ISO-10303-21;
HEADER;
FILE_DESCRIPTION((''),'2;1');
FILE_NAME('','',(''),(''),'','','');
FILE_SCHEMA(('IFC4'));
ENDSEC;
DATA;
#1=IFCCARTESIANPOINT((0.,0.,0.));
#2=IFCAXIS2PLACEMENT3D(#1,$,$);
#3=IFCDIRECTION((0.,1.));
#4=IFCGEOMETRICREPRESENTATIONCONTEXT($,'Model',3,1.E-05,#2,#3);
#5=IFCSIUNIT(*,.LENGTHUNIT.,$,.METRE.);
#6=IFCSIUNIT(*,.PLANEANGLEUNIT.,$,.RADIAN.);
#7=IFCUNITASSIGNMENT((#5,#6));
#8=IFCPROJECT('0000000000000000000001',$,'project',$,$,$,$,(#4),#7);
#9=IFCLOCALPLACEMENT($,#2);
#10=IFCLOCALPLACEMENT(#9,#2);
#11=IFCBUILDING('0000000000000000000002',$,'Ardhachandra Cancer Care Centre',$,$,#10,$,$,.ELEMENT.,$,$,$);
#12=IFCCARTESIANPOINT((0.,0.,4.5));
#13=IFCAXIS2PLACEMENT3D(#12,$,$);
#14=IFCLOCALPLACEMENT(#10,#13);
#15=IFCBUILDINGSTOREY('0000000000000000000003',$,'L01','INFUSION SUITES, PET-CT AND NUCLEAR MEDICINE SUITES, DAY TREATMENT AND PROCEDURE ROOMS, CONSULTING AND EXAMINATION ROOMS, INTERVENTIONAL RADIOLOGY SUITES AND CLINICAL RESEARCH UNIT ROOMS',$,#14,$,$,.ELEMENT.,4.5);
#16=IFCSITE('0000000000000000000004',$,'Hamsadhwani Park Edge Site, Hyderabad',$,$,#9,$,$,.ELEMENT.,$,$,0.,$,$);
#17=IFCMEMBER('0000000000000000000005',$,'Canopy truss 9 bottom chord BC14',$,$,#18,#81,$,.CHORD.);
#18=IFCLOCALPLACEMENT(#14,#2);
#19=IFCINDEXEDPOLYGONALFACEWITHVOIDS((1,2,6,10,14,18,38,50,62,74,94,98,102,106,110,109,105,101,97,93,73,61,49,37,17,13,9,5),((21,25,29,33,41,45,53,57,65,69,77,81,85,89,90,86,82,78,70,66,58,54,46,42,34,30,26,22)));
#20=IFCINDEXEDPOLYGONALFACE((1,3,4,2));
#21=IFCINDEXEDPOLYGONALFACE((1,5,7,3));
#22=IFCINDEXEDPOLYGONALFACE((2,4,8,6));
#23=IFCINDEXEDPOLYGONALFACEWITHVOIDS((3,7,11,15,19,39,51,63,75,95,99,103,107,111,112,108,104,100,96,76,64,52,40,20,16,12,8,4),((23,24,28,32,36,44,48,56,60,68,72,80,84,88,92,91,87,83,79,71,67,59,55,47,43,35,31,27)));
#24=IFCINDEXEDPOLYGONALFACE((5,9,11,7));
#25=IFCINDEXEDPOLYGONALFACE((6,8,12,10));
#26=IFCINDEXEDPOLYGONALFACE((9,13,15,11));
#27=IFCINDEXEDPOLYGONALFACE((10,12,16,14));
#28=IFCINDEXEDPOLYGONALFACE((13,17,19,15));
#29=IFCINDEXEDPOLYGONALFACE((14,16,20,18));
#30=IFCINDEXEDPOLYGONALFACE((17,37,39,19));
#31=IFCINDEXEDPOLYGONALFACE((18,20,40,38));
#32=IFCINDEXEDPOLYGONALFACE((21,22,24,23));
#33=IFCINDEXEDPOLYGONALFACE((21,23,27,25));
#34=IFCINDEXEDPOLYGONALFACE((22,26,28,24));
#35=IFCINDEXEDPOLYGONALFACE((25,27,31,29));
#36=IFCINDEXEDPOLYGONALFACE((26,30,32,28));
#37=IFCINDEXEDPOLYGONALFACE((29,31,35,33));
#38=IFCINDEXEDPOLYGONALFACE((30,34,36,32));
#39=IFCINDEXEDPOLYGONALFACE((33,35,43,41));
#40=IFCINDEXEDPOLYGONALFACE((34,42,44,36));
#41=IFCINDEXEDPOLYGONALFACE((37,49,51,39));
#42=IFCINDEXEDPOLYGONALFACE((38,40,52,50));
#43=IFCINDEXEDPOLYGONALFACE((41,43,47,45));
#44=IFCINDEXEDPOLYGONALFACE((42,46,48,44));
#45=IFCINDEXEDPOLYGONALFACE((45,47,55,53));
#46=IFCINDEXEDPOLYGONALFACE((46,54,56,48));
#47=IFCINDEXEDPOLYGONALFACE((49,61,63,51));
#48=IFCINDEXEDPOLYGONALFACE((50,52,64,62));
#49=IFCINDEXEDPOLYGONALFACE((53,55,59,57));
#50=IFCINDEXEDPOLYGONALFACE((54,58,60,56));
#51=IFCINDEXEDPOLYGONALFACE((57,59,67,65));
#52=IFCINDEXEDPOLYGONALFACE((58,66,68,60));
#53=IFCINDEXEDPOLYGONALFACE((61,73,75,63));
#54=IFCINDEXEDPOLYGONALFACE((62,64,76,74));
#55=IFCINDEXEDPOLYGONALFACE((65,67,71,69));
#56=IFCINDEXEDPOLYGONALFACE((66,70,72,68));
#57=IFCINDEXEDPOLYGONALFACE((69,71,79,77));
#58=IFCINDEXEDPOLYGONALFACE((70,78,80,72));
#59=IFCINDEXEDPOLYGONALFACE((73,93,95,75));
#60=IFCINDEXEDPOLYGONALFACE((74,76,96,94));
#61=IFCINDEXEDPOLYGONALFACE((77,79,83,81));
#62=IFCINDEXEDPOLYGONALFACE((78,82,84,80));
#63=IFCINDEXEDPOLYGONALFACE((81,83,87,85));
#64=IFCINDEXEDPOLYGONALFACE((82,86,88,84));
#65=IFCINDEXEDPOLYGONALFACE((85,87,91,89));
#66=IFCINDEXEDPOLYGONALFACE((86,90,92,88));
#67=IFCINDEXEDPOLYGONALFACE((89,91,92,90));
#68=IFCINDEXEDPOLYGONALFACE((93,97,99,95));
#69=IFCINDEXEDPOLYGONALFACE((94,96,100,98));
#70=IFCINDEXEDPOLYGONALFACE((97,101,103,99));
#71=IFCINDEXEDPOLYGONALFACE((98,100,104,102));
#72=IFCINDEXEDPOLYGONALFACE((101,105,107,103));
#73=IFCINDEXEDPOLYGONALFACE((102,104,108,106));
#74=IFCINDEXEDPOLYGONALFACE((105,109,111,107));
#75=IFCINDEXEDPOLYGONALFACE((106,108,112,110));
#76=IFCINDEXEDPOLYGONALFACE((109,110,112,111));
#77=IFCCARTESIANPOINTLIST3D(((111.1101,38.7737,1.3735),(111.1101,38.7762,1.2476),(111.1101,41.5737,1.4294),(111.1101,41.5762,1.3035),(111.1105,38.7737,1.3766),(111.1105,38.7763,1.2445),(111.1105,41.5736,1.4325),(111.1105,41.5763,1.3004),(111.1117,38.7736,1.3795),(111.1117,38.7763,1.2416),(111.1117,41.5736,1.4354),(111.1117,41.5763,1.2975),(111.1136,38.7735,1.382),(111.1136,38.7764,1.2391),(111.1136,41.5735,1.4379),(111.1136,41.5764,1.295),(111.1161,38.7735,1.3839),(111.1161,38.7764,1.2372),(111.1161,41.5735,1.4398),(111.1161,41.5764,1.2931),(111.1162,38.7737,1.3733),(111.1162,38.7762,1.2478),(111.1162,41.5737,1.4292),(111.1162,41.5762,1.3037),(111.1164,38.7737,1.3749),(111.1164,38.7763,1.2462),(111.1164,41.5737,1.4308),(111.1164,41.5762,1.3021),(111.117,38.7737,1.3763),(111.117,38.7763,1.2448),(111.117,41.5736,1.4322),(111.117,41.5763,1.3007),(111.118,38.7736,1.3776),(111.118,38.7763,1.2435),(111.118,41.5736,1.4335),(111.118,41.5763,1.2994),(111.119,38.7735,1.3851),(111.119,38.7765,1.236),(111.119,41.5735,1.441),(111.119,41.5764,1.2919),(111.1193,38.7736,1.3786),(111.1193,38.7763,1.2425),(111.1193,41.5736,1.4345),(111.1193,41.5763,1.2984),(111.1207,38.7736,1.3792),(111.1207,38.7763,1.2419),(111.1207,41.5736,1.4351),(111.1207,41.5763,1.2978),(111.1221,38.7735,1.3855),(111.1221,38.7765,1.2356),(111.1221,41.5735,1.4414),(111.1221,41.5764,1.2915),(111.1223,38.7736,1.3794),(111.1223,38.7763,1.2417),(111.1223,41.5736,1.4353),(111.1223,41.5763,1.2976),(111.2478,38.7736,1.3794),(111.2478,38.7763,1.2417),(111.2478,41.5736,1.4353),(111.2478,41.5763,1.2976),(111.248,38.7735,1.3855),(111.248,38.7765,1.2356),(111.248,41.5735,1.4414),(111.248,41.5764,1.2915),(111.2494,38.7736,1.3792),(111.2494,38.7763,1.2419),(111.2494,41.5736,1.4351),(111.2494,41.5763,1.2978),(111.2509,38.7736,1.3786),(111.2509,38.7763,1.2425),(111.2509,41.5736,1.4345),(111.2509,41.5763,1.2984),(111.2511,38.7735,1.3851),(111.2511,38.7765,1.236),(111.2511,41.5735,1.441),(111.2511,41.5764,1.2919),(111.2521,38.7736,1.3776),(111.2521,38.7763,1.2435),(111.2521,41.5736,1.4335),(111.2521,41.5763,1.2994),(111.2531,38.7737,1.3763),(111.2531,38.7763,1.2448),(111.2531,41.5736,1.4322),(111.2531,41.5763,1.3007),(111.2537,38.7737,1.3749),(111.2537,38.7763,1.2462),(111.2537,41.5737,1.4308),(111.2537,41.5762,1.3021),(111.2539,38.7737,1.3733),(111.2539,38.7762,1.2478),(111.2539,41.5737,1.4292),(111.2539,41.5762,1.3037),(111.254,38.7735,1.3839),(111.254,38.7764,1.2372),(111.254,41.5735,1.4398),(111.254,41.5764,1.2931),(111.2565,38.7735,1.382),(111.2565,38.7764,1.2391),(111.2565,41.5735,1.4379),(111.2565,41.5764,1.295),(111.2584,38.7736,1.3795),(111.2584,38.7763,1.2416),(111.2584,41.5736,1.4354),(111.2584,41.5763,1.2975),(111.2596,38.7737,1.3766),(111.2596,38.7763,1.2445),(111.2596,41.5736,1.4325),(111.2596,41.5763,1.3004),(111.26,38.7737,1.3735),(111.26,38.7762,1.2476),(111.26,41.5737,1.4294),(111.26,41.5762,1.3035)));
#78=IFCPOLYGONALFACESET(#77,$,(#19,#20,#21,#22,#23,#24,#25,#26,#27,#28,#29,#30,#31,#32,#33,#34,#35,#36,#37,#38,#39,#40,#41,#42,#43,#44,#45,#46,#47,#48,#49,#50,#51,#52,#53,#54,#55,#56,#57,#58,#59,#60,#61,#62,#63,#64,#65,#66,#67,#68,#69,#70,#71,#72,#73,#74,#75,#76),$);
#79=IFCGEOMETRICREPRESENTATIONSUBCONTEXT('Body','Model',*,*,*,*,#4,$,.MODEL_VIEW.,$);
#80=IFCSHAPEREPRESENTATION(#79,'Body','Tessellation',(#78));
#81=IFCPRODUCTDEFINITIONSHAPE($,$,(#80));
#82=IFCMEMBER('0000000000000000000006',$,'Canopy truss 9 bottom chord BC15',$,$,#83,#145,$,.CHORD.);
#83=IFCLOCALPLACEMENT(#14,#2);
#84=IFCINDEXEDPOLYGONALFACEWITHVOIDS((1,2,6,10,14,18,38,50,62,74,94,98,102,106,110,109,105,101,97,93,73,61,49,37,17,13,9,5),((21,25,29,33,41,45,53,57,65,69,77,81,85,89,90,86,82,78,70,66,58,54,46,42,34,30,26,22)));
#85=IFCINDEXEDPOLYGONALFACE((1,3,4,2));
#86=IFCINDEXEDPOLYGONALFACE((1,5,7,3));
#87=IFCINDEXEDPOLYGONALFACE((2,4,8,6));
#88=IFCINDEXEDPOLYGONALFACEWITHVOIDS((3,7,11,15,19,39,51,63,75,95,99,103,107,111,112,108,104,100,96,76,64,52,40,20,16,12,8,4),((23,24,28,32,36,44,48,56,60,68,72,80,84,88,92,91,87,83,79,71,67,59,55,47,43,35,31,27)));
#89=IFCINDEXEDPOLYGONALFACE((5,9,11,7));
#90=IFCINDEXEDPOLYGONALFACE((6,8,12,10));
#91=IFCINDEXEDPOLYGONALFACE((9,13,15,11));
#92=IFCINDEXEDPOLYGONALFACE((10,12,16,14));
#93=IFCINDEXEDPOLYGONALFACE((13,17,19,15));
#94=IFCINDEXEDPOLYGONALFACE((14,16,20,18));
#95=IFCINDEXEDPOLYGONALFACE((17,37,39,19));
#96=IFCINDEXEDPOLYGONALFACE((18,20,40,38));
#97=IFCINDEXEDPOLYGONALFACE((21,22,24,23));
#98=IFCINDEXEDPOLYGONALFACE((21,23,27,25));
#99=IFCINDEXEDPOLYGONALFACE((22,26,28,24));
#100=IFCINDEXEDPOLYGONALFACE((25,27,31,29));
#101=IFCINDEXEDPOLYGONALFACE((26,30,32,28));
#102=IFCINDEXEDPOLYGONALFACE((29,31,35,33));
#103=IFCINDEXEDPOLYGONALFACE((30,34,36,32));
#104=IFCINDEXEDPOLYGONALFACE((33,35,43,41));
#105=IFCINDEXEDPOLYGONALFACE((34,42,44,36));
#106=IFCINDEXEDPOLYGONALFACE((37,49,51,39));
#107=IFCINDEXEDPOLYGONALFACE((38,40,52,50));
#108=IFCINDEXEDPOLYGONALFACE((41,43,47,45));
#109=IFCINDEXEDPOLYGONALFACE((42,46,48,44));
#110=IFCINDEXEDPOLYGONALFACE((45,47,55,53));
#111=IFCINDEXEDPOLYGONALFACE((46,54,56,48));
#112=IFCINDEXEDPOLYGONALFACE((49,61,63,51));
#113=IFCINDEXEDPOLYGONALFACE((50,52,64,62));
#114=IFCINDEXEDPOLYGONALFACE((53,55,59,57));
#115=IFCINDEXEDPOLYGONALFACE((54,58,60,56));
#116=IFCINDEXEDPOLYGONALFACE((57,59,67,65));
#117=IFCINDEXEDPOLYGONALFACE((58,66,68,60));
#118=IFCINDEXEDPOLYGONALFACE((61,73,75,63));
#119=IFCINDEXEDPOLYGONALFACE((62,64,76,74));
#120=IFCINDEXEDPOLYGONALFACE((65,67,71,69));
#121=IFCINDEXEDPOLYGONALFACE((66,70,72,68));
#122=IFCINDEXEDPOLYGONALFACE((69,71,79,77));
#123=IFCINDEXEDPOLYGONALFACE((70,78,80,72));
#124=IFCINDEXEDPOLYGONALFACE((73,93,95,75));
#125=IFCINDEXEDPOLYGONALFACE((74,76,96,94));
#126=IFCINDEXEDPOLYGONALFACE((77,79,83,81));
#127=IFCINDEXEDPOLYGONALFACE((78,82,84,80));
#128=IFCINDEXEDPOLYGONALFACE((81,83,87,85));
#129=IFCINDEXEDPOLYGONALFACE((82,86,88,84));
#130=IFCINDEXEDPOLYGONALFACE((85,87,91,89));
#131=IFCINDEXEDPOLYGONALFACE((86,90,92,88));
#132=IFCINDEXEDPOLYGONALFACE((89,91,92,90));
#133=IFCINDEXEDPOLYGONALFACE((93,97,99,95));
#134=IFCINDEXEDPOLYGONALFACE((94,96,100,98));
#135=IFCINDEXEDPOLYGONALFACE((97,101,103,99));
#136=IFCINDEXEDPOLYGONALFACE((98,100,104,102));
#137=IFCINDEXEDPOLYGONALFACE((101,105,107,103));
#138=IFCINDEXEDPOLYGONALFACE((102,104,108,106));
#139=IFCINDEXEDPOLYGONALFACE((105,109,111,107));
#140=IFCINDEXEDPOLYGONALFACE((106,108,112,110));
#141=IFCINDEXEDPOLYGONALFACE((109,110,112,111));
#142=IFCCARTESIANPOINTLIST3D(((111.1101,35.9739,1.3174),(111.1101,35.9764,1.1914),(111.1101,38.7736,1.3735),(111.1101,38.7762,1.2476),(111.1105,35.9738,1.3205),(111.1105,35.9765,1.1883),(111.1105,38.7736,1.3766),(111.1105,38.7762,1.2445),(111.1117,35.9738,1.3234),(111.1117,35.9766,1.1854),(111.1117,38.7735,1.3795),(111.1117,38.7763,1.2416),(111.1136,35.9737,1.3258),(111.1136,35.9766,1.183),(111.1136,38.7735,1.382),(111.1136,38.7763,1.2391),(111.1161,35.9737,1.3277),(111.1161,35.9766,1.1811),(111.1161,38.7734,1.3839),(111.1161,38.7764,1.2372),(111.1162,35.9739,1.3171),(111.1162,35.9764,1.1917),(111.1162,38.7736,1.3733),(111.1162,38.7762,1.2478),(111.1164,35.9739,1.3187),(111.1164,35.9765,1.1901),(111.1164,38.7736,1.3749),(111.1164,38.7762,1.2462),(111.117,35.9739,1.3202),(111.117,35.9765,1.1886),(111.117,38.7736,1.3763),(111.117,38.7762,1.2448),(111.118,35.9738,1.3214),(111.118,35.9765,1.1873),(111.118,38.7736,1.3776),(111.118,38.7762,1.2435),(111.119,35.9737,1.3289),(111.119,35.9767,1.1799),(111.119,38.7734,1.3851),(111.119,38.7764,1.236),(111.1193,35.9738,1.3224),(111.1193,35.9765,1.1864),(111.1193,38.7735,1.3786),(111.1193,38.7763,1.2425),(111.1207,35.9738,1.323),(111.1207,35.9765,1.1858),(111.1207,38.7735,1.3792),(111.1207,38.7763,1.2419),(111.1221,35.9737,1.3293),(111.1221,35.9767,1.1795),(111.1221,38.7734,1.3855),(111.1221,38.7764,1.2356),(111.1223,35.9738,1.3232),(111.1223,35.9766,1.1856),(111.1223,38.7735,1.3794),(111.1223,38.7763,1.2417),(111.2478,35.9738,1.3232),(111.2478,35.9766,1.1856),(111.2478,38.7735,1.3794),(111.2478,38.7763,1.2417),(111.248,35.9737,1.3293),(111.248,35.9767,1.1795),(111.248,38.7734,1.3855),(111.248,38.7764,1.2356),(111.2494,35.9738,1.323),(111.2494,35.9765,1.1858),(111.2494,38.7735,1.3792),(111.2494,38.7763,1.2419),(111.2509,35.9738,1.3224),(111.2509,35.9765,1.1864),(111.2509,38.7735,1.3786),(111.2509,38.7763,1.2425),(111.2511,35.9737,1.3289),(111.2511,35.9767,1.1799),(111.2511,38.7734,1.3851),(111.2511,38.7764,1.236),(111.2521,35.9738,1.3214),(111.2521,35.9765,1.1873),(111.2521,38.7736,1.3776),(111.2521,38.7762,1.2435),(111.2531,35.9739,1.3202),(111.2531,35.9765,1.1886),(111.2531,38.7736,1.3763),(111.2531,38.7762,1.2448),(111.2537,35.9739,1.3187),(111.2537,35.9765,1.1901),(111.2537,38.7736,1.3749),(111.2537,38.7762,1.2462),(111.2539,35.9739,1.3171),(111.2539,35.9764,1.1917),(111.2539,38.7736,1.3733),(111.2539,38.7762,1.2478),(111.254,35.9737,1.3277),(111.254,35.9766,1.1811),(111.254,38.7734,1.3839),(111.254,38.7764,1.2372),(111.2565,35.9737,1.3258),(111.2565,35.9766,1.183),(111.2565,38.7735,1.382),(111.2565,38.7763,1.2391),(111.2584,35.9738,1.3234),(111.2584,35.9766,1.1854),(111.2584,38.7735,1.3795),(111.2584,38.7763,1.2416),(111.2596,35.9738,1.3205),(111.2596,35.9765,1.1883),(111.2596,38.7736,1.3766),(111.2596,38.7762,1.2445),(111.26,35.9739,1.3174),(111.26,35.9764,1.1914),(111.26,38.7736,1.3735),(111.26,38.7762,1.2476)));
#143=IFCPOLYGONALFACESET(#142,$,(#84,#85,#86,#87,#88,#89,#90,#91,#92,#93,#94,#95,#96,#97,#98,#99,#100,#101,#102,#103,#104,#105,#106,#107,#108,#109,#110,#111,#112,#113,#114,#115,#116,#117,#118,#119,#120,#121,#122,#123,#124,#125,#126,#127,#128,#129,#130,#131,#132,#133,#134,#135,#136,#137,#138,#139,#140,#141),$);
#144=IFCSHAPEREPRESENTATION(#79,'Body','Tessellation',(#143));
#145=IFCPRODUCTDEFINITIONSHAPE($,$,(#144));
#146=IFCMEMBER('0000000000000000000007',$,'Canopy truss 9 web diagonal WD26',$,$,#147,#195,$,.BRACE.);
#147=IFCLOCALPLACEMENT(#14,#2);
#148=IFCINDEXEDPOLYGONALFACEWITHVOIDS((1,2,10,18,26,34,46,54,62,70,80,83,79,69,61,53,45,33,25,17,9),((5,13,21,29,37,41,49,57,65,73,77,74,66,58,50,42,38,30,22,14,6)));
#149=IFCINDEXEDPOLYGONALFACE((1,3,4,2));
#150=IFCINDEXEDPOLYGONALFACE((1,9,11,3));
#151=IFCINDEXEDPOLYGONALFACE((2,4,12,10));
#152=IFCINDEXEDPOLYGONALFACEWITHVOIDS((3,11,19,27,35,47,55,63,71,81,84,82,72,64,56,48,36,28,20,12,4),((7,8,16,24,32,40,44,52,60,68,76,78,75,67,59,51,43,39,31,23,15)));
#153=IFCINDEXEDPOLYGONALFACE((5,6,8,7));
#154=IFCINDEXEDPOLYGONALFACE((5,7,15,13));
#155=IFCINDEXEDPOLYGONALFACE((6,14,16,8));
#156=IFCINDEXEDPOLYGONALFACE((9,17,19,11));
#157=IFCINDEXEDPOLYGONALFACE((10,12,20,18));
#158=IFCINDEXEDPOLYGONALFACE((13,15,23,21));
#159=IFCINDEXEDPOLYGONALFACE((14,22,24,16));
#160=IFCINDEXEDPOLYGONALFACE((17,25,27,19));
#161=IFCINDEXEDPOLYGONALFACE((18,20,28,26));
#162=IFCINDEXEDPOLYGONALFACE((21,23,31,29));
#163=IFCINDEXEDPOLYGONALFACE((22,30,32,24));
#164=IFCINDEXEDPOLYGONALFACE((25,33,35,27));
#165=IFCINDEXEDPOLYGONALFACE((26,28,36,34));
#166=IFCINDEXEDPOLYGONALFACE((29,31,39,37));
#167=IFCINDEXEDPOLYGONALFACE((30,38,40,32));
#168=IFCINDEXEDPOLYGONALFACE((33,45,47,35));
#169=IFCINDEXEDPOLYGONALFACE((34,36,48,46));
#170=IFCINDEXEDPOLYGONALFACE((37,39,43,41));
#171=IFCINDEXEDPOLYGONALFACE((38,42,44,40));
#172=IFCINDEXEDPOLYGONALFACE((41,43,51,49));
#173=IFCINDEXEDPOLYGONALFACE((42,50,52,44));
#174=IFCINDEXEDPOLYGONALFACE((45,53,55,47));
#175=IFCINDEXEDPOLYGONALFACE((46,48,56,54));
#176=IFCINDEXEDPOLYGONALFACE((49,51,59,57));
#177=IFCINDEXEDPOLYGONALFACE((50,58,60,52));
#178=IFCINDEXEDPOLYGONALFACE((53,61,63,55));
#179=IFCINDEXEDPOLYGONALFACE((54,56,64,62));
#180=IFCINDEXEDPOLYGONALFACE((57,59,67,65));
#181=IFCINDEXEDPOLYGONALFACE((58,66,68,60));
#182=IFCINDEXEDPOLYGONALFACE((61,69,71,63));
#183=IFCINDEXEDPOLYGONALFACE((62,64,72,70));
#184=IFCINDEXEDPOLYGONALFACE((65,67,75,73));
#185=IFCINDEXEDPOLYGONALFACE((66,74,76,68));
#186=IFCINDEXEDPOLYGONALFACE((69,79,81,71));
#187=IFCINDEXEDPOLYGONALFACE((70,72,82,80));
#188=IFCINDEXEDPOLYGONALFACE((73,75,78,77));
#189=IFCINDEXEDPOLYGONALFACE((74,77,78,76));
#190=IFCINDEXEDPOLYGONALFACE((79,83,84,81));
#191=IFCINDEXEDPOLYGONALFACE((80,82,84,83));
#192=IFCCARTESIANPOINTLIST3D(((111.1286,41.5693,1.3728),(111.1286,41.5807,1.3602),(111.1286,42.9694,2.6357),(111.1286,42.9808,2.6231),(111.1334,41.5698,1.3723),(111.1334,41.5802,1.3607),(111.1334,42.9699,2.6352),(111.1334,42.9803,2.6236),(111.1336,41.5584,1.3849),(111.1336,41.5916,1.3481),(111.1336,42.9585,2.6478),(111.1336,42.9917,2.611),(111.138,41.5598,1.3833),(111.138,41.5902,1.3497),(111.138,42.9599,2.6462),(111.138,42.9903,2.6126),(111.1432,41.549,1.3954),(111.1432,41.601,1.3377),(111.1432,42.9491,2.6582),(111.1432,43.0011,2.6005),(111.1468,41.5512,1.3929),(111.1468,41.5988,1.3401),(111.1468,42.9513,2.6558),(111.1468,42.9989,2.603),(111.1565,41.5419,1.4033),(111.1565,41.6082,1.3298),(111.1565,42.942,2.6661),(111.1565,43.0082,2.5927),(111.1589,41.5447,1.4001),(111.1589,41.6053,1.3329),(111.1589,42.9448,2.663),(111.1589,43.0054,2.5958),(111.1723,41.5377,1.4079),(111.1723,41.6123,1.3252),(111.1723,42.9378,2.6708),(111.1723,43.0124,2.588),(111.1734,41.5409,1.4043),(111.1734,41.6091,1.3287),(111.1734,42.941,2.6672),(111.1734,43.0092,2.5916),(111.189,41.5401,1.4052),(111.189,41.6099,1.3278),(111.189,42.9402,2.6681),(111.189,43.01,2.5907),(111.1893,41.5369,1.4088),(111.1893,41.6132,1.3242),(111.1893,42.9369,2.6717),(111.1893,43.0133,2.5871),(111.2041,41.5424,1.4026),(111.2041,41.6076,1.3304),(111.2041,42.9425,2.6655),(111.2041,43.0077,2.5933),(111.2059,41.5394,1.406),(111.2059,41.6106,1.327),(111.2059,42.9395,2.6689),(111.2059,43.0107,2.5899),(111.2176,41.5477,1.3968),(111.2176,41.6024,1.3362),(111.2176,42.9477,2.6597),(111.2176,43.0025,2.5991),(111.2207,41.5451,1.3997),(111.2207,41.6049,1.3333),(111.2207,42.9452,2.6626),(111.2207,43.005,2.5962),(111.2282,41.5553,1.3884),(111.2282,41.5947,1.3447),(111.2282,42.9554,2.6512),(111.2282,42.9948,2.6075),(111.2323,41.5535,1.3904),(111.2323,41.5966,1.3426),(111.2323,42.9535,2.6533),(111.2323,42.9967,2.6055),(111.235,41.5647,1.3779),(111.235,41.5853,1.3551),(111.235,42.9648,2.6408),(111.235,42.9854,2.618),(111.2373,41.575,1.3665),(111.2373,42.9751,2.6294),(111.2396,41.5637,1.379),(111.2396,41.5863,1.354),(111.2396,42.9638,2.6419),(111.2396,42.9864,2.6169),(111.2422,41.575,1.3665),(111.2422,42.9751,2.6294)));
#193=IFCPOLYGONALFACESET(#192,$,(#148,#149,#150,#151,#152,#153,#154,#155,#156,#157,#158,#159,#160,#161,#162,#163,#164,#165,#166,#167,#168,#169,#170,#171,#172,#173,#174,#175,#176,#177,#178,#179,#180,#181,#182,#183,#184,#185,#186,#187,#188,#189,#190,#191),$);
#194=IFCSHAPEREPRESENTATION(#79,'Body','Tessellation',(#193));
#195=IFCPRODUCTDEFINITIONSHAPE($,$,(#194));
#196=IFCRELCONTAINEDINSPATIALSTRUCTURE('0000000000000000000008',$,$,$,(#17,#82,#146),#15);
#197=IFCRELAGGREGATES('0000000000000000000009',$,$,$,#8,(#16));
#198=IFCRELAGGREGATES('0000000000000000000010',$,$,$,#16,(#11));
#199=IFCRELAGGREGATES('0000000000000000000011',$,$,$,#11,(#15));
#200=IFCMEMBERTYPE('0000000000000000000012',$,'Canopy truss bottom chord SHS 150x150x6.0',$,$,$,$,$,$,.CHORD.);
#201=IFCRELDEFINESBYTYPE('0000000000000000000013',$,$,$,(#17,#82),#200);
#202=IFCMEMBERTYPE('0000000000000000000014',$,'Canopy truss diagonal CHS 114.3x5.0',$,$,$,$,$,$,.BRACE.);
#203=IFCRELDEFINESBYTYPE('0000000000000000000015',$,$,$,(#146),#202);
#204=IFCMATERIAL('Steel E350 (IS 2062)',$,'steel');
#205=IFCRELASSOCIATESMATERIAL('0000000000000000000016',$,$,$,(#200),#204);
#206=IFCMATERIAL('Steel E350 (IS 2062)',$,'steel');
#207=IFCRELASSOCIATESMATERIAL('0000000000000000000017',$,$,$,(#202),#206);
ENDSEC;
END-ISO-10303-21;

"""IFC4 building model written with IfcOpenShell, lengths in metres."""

from ifc_helpers import new_model, si_unit, direction, frame, origin, origin_2d, place, context, subcontext, project, spatial, hollow_rectangle, hollow_circle, extrude, material, material_profile, profile_set, type_object, element, save


model = new_model("IFC4")

# Units and contexts
model_context = context("Model", 3, precision=1e-05, world=origin(), true_north=direction((0.0, 1.0)))
body_context = subcontext(model_context, "Body", "Model", "MODEL_VIEW")
ifc_project = project(units=[si_unit("LENGTHUNIT", "METRE"), si_unit("PLANEANGLEUNIT", "RADIAN")], contexts=[model_context])

# Site, building, storey
site_placement = place(None, origin())
site = spatial("IfcSite", under=ifc_project, at=site_placement, Name="Hamsadhwani Park Edge Site, Hyderabad", CompositionType="ELEMENT", RefElevation=0.0)
building_placement = place(site_placement, origin())
building = spatial("IfcBuilding", under=site, at=building_placement, Name="Ardhachandra Cancer Care Centre", CompositionType="ELEMENT")
storey_placement = place(building_placement, frame((0.0, 0.0, 4.5)))
storey = spatial("IfcBuildingStorey", under=building, at=storey_placement, Name="L01", Description="INFUSION SUITES, PET-CT AND NUCLEAR MEDICINE SUITES, DAY TREATMENT AND PROCEDURE ROOMS, CONSULTING AND EXAMINATION ROOMS, INTERVENTIONAL RADIOLOGY SUITES AND CLINICAL RESEARCH UNIT ROOMS", CompositionType="ELEMENT", Elevation=4.5)

# Members
ifc_material_1 = material(Name="Steel E350 (IS 2062)", Category="steel")
ifc_material_profile_1 = material_profile(ifc_material_1, hollow_rectangle(XDim=0.1499, YDim=0.1499, WallThickness=0.0061, InnerFilletRadius=0.0061, OuterFilletRadius=0.012, at=origin_2d()), Name="SHS 150x150x6.0")
ifc_profile_set_1 = profile_set([ifc_material_profile_1], Name="Steel E350 (IS 2062)")
member_type_1 = type_object("IfcMemberType", Name="Canopy truss bottom chord SHS 150x150x6.0", PredefinedType="CHORD", material=ifc_profile_set_1)
member_1_placement = place(storey_placement, frame((111.1851, 41.575, 1.3665), z_axis=(0.0, -0.999801, -0.019963), x_axis=(1.0, 0.0, 0.0)))
element("IfcMember", 1, at=member_1_placement, inside=storey, type_object=member_type_1, Name="Canopy truss 9 bottom chord BC14", PredefinedType="CHORD", context=body_context, shape_type="SweptSolid", body=[
    extrude(hollow_rectangle(XDim=0.1499, YDim=0.1499, WallThickness=0.0061, InnerFilletRadius=0.0061, OuterFilletRadius=0.012, at=origin_2d()), origin(), (0.0, 0.0, 1.0), 2.8005),
])
member_2_placement = place(storey_placement, frame((111.1851, 38.7749, 1.3105), z_axis=(0.0, -0.999799, -0.020052), x_axis=(1.0, 0.0, 0.0)))
element("IfcMember", 2, at=member_2_placement, inside=storey, type_object=member_type_1, Name="Canopy truss 9 bottom chord BC15", PredefinedType="CHORD", context=body_context, shape_type="SweptSolid", body=[
    extrude(hollow_rectangle(XDim=0.1499, YDim=0.1499, WallThickness=0.0061, InnerFilletRadius=0.0061, OuterFilletRadius=0.012, at=origin_2d()), origin(), (0.0, 0.0, 1.0), 2.8003),
])
ifc_material_2 = material(Name="Steel E350 (IS 2062)", Category="steel")
ifc_material_profile_2 = material_profile(ifc_material_2, hollow_circle(Radius=0.0571, WallThickness=0.0049, at=origin_2d()), Name="CHS 114.3x5.0")
ifc_profile_set_2 = profile_set([ifc_material_profile_2], Name="Steel E350 (IS 2062)")
member_type_2 = type_object("IfcMemberType", Name="Canopy truss diagonal CHS 114.3x5.0", PredefinedType="BRACE", material=ifc_profile_set_2)
member_3_placement = place(storey_placement, frame((111.1851, 42.9751, 2.6294), z_axis=(0.0, -0.742553, -0.669787), x_axis=(1.0, 0.0, 0.0)))
element("IfcMember", 3, at=member_3_placement, inside=storey, type_object=member_type_2, Name="Canopy truss 9 web diagonal WD26", PredefinedType="BRACE", context=body_context, shape_type="SweptSolid", body=[
    extrude(hollow_circle(Radius=0.0571, WallThickness=0.0049, at=origin_2d()), origin(), (0.0, 0.0, 1.0), 1.8855),
])

save(model, "model.ifc")
